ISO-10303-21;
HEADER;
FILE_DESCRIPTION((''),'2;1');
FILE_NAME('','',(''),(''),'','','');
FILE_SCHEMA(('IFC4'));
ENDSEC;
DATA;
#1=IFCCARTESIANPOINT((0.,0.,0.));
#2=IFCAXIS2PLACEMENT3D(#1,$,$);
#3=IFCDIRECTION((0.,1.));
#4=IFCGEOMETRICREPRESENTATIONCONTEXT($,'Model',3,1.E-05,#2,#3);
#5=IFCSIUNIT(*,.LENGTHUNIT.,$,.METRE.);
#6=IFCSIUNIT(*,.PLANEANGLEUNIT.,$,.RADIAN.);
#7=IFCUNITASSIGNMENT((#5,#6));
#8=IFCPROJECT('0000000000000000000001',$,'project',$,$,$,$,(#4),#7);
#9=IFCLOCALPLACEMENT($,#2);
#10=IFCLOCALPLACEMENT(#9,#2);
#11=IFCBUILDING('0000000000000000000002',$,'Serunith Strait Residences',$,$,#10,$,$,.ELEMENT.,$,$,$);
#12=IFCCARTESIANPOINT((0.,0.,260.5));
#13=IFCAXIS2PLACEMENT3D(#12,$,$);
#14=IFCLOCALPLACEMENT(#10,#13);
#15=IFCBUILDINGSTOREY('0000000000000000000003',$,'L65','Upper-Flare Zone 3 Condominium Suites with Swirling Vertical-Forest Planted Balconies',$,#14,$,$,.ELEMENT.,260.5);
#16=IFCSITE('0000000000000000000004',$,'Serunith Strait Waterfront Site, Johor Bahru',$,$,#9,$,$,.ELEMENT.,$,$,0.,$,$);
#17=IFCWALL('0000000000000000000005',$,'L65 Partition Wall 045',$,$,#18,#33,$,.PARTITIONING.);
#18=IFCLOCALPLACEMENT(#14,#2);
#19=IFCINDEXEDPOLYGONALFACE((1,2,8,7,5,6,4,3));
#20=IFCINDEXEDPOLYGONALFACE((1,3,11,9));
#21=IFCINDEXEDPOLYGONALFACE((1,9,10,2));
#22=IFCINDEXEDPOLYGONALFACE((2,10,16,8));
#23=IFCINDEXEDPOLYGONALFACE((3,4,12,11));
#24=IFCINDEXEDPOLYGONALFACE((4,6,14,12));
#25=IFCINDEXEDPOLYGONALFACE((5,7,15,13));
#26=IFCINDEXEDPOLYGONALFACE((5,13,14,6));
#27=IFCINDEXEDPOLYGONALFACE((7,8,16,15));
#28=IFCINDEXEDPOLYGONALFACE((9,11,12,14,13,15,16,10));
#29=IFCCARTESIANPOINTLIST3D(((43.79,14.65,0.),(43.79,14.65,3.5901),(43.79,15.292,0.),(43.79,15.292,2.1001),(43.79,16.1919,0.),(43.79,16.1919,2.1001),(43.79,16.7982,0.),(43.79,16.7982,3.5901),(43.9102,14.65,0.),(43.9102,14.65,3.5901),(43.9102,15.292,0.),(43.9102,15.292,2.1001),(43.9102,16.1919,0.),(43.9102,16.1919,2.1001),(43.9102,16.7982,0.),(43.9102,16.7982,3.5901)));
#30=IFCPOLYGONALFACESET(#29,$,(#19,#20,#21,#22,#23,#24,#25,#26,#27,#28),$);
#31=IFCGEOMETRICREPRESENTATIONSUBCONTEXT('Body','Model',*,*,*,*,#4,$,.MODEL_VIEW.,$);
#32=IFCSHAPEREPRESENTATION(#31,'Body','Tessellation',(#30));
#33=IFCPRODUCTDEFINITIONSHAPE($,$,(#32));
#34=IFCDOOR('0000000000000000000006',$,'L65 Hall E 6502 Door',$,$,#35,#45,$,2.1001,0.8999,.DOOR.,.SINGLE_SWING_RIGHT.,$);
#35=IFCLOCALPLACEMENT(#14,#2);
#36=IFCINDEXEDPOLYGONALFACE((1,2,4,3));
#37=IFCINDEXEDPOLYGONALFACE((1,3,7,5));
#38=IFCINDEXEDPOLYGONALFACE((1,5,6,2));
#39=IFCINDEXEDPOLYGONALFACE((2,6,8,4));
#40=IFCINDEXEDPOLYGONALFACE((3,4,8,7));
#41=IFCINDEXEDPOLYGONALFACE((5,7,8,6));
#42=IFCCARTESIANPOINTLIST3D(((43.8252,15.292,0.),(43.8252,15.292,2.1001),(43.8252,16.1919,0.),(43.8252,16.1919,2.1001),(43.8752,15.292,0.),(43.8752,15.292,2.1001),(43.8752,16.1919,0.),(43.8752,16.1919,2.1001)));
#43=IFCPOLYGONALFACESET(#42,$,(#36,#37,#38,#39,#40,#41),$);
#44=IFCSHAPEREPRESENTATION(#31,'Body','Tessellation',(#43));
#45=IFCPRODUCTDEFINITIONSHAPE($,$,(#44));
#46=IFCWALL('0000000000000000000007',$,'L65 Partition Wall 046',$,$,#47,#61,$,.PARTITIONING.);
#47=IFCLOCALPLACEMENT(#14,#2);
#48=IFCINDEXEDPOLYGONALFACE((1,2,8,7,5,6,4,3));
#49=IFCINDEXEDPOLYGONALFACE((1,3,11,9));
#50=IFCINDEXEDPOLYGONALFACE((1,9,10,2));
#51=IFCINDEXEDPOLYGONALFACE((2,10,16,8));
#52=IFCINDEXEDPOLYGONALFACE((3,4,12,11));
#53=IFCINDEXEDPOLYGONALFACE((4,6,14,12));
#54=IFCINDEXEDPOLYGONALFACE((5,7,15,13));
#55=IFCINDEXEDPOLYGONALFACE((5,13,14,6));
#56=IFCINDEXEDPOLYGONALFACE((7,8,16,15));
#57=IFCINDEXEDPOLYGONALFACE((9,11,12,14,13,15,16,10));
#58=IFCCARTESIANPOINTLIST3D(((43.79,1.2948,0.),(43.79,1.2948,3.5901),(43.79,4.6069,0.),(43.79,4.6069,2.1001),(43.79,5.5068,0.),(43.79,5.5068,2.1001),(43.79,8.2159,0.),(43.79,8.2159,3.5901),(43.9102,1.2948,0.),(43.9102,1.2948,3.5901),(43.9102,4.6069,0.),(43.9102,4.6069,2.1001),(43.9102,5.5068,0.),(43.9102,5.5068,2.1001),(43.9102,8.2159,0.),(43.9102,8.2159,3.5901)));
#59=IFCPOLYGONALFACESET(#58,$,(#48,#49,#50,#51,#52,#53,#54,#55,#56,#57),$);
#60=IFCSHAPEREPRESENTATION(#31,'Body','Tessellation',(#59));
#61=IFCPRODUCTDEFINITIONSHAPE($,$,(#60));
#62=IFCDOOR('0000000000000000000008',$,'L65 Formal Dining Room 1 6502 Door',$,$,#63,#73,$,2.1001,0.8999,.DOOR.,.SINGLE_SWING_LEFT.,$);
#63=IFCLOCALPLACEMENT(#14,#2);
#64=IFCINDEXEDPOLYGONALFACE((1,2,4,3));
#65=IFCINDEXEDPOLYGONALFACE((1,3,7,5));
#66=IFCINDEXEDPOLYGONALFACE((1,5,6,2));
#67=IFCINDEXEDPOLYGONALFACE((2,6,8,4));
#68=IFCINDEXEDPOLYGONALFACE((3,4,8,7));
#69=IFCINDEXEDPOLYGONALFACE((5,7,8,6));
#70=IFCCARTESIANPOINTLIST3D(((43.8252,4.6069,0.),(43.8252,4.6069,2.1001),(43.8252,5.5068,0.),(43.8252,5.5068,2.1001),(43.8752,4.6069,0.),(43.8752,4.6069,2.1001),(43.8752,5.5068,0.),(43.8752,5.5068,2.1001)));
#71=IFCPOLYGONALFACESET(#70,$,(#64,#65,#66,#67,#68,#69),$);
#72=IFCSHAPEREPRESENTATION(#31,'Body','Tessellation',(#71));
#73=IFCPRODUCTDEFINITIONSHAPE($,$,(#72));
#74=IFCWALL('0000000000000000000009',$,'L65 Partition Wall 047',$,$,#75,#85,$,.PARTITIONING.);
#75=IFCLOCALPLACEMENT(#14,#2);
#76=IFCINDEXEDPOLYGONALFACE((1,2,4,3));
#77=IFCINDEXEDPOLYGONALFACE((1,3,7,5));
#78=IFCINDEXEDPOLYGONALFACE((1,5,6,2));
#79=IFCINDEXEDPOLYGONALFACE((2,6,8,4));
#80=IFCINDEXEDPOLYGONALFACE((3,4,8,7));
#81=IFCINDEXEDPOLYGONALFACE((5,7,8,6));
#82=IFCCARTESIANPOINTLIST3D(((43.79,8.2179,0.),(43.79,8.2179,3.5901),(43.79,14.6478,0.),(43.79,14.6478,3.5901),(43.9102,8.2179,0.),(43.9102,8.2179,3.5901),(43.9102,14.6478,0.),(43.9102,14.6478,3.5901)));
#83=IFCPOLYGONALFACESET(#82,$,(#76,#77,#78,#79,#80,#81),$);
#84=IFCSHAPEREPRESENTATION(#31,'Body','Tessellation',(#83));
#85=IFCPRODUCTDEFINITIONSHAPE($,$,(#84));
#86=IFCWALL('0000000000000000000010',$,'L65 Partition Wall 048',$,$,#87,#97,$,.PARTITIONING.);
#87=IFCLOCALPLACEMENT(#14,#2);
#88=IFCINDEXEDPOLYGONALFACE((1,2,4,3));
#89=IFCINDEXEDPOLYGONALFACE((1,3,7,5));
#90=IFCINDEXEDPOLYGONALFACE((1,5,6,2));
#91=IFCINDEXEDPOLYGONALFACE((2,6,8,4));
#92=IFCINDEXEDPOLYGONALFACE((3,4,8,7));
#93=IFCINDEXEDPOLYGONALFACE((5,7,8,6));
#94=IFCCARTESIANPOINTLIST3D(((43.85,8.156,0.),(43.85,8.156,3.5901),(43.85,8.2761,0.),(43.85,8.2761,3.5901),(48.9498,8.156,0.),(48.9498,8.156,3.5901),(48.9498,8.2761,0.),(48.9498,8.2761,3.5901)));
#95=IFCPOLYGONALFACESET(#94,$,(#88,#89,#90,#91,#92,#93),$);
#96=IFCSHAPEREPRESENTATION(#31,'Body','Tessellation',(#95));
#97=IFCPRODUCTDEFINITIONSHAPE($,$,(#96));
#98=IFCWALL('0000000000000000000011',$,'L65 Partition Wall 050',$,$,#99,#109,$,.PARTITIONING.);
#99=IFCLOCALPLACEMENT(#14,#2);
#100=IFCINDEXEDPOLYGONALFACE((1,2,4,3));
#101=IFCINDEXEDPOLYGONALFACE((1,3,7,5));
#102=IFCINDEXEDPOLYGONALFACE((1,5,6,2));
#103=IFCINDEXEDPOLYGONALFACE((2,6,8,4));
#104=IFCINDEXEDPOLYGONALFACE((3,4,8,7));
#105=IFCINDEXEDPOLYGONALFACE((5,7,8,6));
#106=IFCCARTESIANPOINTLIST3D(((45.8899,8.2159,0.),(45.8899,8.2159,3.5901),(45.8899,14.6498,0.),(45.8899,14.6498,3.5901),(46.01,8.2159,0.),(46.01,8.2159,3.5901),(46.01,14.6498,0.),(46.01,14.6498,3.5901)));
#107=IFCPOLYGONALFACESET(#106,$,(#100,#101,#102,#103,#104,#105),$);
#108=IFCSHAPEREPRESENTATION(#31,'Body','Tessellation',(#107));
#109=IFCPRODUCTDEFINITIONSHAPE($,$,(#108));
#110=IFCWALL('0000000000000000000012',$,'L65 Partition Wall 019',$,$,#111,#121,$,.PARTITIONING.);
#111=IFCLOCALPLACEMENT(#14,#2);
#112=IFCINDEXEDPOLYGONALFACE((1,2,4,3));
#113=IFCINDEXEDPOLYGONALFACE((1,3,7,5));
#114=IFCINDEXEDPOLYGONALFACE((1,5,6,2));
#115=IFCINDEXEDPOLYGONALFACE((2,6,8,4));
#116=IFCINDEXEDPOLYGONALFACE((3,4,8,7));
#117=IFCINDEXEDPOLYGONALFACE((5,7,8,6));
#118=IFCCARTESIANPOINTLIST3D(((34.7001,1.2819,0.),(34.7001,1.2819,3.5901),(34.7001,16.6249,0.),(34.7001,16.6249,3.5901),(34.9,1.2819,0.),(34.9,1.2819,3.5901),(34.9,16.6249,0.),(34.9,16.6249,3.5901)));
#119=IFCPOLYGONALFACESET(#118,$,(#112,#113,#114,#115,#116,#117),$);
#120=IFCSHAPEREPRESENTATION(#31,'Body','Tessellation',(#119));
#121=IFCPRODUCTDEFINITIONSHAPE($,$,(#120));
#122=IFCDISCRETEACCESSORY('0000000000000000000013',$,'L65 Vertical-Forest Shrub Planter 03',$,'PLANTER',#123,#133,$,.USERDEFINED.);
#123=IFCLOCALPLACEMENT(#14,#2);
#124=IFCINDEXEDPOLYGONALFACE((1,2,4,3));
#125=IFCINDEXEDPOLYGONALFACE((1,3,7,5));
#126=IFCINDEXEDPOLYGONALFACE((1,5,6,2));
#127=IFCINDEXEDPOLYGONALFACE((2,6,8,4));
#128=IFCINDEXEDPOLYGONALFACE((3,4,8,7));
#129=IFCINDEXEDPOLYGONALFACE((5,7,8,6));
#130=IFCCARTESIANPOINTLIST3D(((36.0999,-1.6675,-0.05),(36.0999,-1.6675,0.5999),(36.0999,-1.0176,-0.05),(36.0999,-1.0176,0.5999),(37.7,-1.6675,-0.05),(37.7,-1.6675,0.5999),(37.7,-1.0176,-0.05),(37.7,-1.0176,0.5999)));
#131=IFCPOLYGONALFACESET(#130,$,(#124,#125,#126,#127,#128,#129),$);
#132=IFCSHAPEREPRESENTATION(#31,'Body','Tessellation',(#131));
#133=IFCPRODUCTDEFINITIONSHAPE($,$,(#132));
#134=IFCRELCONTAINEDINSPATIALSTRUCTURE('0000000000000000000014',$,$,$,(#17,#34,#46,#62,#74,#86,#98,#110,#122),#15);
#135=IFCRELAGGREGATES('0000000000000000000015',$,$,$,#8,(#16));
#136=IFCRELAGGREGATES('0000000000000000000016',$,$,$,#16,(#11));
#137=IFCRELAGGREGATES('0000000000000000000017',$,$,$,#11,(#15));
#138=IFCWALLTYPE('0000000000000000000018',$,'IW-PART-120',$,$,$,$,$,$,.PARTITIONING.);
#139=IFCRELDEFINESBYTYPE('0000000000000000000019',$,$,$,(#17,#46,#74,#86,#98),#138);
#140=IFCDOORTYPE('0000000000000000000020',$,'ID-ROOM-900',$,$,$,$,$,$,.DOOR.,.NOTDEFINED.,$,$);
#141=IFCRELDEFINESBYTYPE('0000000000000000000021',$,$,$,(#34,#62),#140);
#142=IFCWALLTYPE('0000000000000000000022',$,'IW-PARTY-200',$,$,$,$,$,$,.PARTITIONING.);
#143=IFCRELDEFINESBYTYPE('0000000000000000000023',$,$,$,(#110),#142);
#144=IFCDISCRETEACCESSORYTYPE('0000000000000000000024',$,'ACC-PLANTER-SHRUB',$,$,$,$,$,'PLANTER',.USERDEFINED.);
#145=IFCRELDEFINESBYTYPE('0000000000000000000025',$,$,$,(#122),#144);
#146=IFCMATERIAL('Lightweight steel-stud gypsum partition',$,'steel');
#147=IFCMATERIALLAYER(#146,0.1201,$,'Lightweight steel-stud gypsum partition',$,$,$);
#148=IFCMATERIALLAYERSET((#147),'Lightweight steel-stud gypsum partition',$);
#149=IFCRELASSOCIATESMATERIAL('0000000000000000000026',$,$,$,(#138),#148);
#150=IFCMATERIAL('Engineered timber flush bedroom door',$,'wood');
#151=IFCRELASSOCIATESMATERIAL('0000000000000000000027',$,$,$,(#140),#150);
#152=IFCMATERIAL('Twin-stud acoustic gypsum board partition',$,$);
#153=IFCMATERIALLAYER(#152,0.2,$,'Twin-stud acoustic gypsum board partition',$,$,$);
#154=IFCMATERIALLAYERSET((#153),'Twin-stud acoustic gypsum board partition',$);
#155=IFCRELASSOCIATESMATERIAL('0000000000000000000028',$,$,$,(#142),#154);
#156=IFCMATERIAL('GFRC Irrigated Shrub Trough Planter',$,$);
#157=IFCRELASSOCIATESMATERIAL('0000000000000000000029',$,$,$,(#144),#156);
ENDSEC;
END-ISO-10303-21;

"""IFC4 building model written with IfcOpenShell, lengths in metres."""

from ifc_helpers import new_model, si_unit, direction, frame, frame_2d, origin, origin_2d, place, context, subcontext, project, spatial, rectangle, extrude, source, transform, mapped, material, layer, layer_set, type_object, element, fill, save


model = new_model("IFC4")

# Units and contexts
model_context = context("Model", 3, precision=1e-05, world=origin(), true_north=direction((0.0, 1.0)))
body_context = subcontext(model_context, "Body", "Model", "MODEL_VIEW")
ifc_project = project(units=[si_unit("LENGTHUNIT", "METRE"), si_unit("PLANEANGLEUNIT", "RADIAN")], contexts=[model_context])

# Site, building, storey
site_placement = place(None, origin())
site = spatial("IfcSite", under=ifc_project, at=site_placement, Name="Serunith Strait Waterfront Site, Johor Bahru", CompositionType="ELEMENT", RefElevation=0.0)
building_placement = place(site_placement, origin())
building = spatial("IfcBuilding", under=site, at=building_placement, Name="Serunith Strait Residences", CompositionType="ELEMENT")
storey_placement = place(building_placement, frame((0.0, 0.0, 260.5)))
storey = spatial("IfcBuildingStorey", under=building, at=storey_placement, Name="L65", Description="Upper-Flare Zone 3 Condominium Suites with Swirling Vertical-Forest Planted Balconies", CompositionType="ELEMENT", Elevation=260.5)

# Walls, openings, doors
ifc_material_1 = material(Name="Lightweight steel-stud gypsum partition", Category="steel")
ifc_layer_1 = layer(ifc_material_1, 0.1201, Name="Lightweight steel-stud gypsum partition")
ifc_layer_set_1 = layer_set([ifc_layer_1], Name="Lightweight steel-stud gypsum partition")
wall_type_1 = type_object("IfcWallType", Name="IW-PART-120", PredefinedType="PARTITIONING", material=ifc_layer_set_1)
wall_1_placement = place(storey_placement, frame((43.8501, 14.6499, 0.0), z_axis=(0.0, 0.0, 1.0), x_axis=(0.0, 1.0, 0.0)))
wall_1 = element("IfcWall", 1, at=wall_1_placement, inside=storey, type_object=wall_type_1, Name="L65 Partition Wall 045", PredefinedType="PARTITIONING", context=body_context, shape_type="SweptSolid", body=[
    extrude(rectangle(XDim=2.1482, YDim=0.1201, at=frame_2d((1.0742, 0.0))), origin(), (0.0, 0.0, 1.0), 3.5901),
])
opening_1_placement = place(wall_1_placement, frame((0.6421, 0.0, 0.0)))
opening_1 = element("IfcOpeningElement", 2, at=opening_1_placement, cuts=wall_1, PredefinedType="OPENING", context=body_context, shape_type="SweptSolid", body=[
    extrude(rectangle(XDim=0.8999, YDim=2.1001, at=frame_2d((0.45, 1.05))), frame((0.0, 0.0701, 0.0), z_axis=(0.0, -1.0, 0.0), x_axis=(1.0, 0.0, 0.0)), (0.0, 0.0, 1.0), 0.1401),
])
ifc_material_2 = material(Name="Engineered timber flush bedroom door", Category="wood")
door_type = type_object("IfcDoorType", Name="ID-ROOM-900", OperationType="NOTDEFINED", PredefinedType="DOOR", material=ifc_material_2)
shared_shape_1 = source(origin(), body_context, "Body", "SweptSolid", [
    extrude(rectangle(XDim=0.8999, YDim=2.1001, at=frame_2d((0.45, 1.05))), frame((0.0, 0.0249, 0.0), z_axis=(0.0, -1.0, 0.0), x_axis=(1.0, 0.0, 0.0)), (0.0, 0.0, 1.0), 0.05),
])
door_1_placement = place(opening_1_placement, origin())
door_1 = element("IfcDoor", 3, at=door_1_placement, inside=storey, type_object=door_type, Name="L65 Hall E 6502 Door", OperationType="SINGLE_SWING_RIGHT", OverallHeight=2.1001, OverallWidth=0.8999, PredefinedType="DOOR", context=body_context, shape_type="MappedRepresentation", body=[
    mapped(shared_shape_1, transform((0.0, 0.0, 0.0), scale=1.0)),
])
fill(opening_1, door_1)
wall_2_placement = place(storey_placement, frame((43.8501, 1.2949, 0.0), z_axis=(0.0, 0.0, 1.0), x_axis=(0.0, 1.0, 0.0)))
wall_2 = element("IfcWall", 4, at=wall_2_placement, inside=storey, type_object=wall_type_1, Name="L65 Partition Wall 046", PredefinedType="PARTITIONING", context=body_context, shape_type="SweptSolid", body=[
    extrude(rectangle(XDim=6.9211, YDim=0.1201, at=frame_2d((3.4604, 0.0))), origin(), (0.0, 0.0, 1.0), 3.5901),
])
opening_2_placement = place(wall_2_placement, frame((3.312, 0.0, 0.0)))
opening_2 = element("IfcOpeningElement", 5, at=opening_2_placement, cuts=wall_2, PredefinedType="OPENING", context=body_context, shape_type="SweptSolid", body=[
    extrude(rectangle(XDim=0.8999, YDim=2.1001, at=frame_2d((0.45, 1.05))), frame((0.0, 0.0701, 0.0), z_axis=(0.0, -1.0, 0.0), x_axis=(1.0, 0.0, 0.0)), (0.0, 0.0, 1.0), 0.1401),
])
door_2_placement = place(opening_2_placement, origin())
door_2 = element("IfcDoor", 6, at=door_2_placement, inside=storey, type_object=door_type, Name="L65 Formal Dining Room 1 6502 Door", OperationType="SINGLE_SWING_LEFT", OverallHeight=2.1001, OverallWidth=0.8999, PredefinedType="DOOR", context=body_context, shape_type="MappedRepresentation", body=[
    mapped(shared_shape_1, transform((0.0, 0.0, 0.0), scale=1.0)),
])
fill(opening_2, door_2)

# Walls
wall_3_placement = place(storey_placement, frame((43.8501, 8.218, 0.0), z_axis=(0.0, 0.0, 1.0), x_axis=(0.0, 1.0, 0.0)))
element("IfcWall", 7, at=wall_3_placement, inside=storey, type_object=wall_type_1, Name="L65 Partition Wall 047", PredefinedType="PARTITIONING", context=body_context, shape_type="SweptSolid", body=[
    extrude(rectangle(XDim=6.4299, YDim=0.1201, at=frame_2d((3.2148, 0.0))), origin(), (0.0, 0.0, 1.0), 3.5901),
])
wall_4_placement = place(storey_placement, frame((43.8501, 8.2161, 0.0), z_axis=(0.0, 0.0, 1.0), x_axis=(1.0, 0.0, 0.0)))
element("IfcWall", 8, at=wall_4_placement, inside=storey, type_object=wall_type_1, Name="L65 Partition Wall 048", PredefinedType="PARTITIONING", context=body_context, shape_type="SweptSolid", body=[
    extrude(rectangle(XDim=5.0999, YDim=0.1201, at=frame_2d((2.5498, 0.0))), origin(), (0.0, 0.0, 1.0), 3.5901),
])
wall_5_placement = place(storey_placement, frame((45.95, 8.2161, 0.0), z_axis=(0.0, 0.0, 1.0), x_axis=(0.0, 1.0, 0.0)))
element("IfcWall", 9, at=wall_5_placement, inside=storey, type_object=wall_type_1, Name="L65 Partition Wall 050", PredefinedType="PARTITIONING", context=body_context, shape_type="SweptSolid", body=[
    extrude(rectangle(XDim=6.4338, YDim=0.1201, at=frame_2d((3.2168, 0.0))), origin(), (0.0, 0.0, 1.0), 3.5901),
])
ifc_material_3 = material(Name="Twin-stud acoustic gypsum board partition")
ifc_layer_2 = layer(ifc_material_3, 0.2, Name="Twin-stud acoustic gypsum board partition")
ifc_layer_set_2 = layer_set([ifc_layer_2], Name="Twin-stud acoustic gypsum board partition")
wall_type_2 = type_object("IfcWallType", Name="IW-PARTY-200", PredefinedType="PARTITIONING", material=ifc_layer_set_2)
wall_6_placement = place(storey_placement, frame((34.8, 1.282, 0.0), z_axis=(0.0, 0.0, 1.0), x_axis=(0.0, 1.0, 0.0)))
element("IfcWall", 10, at=wall_6_placement, inside=storey, type_object=wall_type_2, Name="L65 Partition Wall 019", PredefinedType="PARTITIONING", context=body_context, shape_type="SweptSolid", body=[
    extrude(rectangle(XDim=15.343, YDim=0.2, at=frame_2d((7.6714, 0.0))), origin(), (0.0, 0.0, 1.0), 3.5901),
])

# Discrete accessory
ifc_material_4 = material(Name="GFRC Irrigated Shrub Trough Planter")
discrete_accessory_type = type_object("IfcDiscreteAccessoryType", Name="ACC-PLANTER-SHRUB", ElementType="PLANTER", PredefinedType="USERDEFINED", material=ifc_material_4)
shared_shape_2 = source(origin(), body_context, "Body", "SweptSolid", [
    extrude(rectangle(XDim=1.6001, YDim=0.6499, at=origin_2d()), origin(), (0.0, 0.0, 1.0), 0.6499),
])
discrete_accessory_placement = place(storey_placement, frame((36.8999, -1.3425, -0.05), z_axis=(0.0, 0.0, 1.0), x_axis=(1.0, 0.0, 0.0)))
element("IfcDiscreteAccessory", 11, at=discrete_accessory_placement, inside=storey, type_object=discrete_accessory_type, Name="L65 Vertical-Forest Shrub Planter 03", ObjectType="PLANTER", PredefinedType="USERDEFINED", context=body_context, shape_type="MappedRepresentation", body=[
    mapped(shared_shape_2, transform((0.0, 0.0, 0.0), scale=1.0)),
])

save(model, "model.ifc")
